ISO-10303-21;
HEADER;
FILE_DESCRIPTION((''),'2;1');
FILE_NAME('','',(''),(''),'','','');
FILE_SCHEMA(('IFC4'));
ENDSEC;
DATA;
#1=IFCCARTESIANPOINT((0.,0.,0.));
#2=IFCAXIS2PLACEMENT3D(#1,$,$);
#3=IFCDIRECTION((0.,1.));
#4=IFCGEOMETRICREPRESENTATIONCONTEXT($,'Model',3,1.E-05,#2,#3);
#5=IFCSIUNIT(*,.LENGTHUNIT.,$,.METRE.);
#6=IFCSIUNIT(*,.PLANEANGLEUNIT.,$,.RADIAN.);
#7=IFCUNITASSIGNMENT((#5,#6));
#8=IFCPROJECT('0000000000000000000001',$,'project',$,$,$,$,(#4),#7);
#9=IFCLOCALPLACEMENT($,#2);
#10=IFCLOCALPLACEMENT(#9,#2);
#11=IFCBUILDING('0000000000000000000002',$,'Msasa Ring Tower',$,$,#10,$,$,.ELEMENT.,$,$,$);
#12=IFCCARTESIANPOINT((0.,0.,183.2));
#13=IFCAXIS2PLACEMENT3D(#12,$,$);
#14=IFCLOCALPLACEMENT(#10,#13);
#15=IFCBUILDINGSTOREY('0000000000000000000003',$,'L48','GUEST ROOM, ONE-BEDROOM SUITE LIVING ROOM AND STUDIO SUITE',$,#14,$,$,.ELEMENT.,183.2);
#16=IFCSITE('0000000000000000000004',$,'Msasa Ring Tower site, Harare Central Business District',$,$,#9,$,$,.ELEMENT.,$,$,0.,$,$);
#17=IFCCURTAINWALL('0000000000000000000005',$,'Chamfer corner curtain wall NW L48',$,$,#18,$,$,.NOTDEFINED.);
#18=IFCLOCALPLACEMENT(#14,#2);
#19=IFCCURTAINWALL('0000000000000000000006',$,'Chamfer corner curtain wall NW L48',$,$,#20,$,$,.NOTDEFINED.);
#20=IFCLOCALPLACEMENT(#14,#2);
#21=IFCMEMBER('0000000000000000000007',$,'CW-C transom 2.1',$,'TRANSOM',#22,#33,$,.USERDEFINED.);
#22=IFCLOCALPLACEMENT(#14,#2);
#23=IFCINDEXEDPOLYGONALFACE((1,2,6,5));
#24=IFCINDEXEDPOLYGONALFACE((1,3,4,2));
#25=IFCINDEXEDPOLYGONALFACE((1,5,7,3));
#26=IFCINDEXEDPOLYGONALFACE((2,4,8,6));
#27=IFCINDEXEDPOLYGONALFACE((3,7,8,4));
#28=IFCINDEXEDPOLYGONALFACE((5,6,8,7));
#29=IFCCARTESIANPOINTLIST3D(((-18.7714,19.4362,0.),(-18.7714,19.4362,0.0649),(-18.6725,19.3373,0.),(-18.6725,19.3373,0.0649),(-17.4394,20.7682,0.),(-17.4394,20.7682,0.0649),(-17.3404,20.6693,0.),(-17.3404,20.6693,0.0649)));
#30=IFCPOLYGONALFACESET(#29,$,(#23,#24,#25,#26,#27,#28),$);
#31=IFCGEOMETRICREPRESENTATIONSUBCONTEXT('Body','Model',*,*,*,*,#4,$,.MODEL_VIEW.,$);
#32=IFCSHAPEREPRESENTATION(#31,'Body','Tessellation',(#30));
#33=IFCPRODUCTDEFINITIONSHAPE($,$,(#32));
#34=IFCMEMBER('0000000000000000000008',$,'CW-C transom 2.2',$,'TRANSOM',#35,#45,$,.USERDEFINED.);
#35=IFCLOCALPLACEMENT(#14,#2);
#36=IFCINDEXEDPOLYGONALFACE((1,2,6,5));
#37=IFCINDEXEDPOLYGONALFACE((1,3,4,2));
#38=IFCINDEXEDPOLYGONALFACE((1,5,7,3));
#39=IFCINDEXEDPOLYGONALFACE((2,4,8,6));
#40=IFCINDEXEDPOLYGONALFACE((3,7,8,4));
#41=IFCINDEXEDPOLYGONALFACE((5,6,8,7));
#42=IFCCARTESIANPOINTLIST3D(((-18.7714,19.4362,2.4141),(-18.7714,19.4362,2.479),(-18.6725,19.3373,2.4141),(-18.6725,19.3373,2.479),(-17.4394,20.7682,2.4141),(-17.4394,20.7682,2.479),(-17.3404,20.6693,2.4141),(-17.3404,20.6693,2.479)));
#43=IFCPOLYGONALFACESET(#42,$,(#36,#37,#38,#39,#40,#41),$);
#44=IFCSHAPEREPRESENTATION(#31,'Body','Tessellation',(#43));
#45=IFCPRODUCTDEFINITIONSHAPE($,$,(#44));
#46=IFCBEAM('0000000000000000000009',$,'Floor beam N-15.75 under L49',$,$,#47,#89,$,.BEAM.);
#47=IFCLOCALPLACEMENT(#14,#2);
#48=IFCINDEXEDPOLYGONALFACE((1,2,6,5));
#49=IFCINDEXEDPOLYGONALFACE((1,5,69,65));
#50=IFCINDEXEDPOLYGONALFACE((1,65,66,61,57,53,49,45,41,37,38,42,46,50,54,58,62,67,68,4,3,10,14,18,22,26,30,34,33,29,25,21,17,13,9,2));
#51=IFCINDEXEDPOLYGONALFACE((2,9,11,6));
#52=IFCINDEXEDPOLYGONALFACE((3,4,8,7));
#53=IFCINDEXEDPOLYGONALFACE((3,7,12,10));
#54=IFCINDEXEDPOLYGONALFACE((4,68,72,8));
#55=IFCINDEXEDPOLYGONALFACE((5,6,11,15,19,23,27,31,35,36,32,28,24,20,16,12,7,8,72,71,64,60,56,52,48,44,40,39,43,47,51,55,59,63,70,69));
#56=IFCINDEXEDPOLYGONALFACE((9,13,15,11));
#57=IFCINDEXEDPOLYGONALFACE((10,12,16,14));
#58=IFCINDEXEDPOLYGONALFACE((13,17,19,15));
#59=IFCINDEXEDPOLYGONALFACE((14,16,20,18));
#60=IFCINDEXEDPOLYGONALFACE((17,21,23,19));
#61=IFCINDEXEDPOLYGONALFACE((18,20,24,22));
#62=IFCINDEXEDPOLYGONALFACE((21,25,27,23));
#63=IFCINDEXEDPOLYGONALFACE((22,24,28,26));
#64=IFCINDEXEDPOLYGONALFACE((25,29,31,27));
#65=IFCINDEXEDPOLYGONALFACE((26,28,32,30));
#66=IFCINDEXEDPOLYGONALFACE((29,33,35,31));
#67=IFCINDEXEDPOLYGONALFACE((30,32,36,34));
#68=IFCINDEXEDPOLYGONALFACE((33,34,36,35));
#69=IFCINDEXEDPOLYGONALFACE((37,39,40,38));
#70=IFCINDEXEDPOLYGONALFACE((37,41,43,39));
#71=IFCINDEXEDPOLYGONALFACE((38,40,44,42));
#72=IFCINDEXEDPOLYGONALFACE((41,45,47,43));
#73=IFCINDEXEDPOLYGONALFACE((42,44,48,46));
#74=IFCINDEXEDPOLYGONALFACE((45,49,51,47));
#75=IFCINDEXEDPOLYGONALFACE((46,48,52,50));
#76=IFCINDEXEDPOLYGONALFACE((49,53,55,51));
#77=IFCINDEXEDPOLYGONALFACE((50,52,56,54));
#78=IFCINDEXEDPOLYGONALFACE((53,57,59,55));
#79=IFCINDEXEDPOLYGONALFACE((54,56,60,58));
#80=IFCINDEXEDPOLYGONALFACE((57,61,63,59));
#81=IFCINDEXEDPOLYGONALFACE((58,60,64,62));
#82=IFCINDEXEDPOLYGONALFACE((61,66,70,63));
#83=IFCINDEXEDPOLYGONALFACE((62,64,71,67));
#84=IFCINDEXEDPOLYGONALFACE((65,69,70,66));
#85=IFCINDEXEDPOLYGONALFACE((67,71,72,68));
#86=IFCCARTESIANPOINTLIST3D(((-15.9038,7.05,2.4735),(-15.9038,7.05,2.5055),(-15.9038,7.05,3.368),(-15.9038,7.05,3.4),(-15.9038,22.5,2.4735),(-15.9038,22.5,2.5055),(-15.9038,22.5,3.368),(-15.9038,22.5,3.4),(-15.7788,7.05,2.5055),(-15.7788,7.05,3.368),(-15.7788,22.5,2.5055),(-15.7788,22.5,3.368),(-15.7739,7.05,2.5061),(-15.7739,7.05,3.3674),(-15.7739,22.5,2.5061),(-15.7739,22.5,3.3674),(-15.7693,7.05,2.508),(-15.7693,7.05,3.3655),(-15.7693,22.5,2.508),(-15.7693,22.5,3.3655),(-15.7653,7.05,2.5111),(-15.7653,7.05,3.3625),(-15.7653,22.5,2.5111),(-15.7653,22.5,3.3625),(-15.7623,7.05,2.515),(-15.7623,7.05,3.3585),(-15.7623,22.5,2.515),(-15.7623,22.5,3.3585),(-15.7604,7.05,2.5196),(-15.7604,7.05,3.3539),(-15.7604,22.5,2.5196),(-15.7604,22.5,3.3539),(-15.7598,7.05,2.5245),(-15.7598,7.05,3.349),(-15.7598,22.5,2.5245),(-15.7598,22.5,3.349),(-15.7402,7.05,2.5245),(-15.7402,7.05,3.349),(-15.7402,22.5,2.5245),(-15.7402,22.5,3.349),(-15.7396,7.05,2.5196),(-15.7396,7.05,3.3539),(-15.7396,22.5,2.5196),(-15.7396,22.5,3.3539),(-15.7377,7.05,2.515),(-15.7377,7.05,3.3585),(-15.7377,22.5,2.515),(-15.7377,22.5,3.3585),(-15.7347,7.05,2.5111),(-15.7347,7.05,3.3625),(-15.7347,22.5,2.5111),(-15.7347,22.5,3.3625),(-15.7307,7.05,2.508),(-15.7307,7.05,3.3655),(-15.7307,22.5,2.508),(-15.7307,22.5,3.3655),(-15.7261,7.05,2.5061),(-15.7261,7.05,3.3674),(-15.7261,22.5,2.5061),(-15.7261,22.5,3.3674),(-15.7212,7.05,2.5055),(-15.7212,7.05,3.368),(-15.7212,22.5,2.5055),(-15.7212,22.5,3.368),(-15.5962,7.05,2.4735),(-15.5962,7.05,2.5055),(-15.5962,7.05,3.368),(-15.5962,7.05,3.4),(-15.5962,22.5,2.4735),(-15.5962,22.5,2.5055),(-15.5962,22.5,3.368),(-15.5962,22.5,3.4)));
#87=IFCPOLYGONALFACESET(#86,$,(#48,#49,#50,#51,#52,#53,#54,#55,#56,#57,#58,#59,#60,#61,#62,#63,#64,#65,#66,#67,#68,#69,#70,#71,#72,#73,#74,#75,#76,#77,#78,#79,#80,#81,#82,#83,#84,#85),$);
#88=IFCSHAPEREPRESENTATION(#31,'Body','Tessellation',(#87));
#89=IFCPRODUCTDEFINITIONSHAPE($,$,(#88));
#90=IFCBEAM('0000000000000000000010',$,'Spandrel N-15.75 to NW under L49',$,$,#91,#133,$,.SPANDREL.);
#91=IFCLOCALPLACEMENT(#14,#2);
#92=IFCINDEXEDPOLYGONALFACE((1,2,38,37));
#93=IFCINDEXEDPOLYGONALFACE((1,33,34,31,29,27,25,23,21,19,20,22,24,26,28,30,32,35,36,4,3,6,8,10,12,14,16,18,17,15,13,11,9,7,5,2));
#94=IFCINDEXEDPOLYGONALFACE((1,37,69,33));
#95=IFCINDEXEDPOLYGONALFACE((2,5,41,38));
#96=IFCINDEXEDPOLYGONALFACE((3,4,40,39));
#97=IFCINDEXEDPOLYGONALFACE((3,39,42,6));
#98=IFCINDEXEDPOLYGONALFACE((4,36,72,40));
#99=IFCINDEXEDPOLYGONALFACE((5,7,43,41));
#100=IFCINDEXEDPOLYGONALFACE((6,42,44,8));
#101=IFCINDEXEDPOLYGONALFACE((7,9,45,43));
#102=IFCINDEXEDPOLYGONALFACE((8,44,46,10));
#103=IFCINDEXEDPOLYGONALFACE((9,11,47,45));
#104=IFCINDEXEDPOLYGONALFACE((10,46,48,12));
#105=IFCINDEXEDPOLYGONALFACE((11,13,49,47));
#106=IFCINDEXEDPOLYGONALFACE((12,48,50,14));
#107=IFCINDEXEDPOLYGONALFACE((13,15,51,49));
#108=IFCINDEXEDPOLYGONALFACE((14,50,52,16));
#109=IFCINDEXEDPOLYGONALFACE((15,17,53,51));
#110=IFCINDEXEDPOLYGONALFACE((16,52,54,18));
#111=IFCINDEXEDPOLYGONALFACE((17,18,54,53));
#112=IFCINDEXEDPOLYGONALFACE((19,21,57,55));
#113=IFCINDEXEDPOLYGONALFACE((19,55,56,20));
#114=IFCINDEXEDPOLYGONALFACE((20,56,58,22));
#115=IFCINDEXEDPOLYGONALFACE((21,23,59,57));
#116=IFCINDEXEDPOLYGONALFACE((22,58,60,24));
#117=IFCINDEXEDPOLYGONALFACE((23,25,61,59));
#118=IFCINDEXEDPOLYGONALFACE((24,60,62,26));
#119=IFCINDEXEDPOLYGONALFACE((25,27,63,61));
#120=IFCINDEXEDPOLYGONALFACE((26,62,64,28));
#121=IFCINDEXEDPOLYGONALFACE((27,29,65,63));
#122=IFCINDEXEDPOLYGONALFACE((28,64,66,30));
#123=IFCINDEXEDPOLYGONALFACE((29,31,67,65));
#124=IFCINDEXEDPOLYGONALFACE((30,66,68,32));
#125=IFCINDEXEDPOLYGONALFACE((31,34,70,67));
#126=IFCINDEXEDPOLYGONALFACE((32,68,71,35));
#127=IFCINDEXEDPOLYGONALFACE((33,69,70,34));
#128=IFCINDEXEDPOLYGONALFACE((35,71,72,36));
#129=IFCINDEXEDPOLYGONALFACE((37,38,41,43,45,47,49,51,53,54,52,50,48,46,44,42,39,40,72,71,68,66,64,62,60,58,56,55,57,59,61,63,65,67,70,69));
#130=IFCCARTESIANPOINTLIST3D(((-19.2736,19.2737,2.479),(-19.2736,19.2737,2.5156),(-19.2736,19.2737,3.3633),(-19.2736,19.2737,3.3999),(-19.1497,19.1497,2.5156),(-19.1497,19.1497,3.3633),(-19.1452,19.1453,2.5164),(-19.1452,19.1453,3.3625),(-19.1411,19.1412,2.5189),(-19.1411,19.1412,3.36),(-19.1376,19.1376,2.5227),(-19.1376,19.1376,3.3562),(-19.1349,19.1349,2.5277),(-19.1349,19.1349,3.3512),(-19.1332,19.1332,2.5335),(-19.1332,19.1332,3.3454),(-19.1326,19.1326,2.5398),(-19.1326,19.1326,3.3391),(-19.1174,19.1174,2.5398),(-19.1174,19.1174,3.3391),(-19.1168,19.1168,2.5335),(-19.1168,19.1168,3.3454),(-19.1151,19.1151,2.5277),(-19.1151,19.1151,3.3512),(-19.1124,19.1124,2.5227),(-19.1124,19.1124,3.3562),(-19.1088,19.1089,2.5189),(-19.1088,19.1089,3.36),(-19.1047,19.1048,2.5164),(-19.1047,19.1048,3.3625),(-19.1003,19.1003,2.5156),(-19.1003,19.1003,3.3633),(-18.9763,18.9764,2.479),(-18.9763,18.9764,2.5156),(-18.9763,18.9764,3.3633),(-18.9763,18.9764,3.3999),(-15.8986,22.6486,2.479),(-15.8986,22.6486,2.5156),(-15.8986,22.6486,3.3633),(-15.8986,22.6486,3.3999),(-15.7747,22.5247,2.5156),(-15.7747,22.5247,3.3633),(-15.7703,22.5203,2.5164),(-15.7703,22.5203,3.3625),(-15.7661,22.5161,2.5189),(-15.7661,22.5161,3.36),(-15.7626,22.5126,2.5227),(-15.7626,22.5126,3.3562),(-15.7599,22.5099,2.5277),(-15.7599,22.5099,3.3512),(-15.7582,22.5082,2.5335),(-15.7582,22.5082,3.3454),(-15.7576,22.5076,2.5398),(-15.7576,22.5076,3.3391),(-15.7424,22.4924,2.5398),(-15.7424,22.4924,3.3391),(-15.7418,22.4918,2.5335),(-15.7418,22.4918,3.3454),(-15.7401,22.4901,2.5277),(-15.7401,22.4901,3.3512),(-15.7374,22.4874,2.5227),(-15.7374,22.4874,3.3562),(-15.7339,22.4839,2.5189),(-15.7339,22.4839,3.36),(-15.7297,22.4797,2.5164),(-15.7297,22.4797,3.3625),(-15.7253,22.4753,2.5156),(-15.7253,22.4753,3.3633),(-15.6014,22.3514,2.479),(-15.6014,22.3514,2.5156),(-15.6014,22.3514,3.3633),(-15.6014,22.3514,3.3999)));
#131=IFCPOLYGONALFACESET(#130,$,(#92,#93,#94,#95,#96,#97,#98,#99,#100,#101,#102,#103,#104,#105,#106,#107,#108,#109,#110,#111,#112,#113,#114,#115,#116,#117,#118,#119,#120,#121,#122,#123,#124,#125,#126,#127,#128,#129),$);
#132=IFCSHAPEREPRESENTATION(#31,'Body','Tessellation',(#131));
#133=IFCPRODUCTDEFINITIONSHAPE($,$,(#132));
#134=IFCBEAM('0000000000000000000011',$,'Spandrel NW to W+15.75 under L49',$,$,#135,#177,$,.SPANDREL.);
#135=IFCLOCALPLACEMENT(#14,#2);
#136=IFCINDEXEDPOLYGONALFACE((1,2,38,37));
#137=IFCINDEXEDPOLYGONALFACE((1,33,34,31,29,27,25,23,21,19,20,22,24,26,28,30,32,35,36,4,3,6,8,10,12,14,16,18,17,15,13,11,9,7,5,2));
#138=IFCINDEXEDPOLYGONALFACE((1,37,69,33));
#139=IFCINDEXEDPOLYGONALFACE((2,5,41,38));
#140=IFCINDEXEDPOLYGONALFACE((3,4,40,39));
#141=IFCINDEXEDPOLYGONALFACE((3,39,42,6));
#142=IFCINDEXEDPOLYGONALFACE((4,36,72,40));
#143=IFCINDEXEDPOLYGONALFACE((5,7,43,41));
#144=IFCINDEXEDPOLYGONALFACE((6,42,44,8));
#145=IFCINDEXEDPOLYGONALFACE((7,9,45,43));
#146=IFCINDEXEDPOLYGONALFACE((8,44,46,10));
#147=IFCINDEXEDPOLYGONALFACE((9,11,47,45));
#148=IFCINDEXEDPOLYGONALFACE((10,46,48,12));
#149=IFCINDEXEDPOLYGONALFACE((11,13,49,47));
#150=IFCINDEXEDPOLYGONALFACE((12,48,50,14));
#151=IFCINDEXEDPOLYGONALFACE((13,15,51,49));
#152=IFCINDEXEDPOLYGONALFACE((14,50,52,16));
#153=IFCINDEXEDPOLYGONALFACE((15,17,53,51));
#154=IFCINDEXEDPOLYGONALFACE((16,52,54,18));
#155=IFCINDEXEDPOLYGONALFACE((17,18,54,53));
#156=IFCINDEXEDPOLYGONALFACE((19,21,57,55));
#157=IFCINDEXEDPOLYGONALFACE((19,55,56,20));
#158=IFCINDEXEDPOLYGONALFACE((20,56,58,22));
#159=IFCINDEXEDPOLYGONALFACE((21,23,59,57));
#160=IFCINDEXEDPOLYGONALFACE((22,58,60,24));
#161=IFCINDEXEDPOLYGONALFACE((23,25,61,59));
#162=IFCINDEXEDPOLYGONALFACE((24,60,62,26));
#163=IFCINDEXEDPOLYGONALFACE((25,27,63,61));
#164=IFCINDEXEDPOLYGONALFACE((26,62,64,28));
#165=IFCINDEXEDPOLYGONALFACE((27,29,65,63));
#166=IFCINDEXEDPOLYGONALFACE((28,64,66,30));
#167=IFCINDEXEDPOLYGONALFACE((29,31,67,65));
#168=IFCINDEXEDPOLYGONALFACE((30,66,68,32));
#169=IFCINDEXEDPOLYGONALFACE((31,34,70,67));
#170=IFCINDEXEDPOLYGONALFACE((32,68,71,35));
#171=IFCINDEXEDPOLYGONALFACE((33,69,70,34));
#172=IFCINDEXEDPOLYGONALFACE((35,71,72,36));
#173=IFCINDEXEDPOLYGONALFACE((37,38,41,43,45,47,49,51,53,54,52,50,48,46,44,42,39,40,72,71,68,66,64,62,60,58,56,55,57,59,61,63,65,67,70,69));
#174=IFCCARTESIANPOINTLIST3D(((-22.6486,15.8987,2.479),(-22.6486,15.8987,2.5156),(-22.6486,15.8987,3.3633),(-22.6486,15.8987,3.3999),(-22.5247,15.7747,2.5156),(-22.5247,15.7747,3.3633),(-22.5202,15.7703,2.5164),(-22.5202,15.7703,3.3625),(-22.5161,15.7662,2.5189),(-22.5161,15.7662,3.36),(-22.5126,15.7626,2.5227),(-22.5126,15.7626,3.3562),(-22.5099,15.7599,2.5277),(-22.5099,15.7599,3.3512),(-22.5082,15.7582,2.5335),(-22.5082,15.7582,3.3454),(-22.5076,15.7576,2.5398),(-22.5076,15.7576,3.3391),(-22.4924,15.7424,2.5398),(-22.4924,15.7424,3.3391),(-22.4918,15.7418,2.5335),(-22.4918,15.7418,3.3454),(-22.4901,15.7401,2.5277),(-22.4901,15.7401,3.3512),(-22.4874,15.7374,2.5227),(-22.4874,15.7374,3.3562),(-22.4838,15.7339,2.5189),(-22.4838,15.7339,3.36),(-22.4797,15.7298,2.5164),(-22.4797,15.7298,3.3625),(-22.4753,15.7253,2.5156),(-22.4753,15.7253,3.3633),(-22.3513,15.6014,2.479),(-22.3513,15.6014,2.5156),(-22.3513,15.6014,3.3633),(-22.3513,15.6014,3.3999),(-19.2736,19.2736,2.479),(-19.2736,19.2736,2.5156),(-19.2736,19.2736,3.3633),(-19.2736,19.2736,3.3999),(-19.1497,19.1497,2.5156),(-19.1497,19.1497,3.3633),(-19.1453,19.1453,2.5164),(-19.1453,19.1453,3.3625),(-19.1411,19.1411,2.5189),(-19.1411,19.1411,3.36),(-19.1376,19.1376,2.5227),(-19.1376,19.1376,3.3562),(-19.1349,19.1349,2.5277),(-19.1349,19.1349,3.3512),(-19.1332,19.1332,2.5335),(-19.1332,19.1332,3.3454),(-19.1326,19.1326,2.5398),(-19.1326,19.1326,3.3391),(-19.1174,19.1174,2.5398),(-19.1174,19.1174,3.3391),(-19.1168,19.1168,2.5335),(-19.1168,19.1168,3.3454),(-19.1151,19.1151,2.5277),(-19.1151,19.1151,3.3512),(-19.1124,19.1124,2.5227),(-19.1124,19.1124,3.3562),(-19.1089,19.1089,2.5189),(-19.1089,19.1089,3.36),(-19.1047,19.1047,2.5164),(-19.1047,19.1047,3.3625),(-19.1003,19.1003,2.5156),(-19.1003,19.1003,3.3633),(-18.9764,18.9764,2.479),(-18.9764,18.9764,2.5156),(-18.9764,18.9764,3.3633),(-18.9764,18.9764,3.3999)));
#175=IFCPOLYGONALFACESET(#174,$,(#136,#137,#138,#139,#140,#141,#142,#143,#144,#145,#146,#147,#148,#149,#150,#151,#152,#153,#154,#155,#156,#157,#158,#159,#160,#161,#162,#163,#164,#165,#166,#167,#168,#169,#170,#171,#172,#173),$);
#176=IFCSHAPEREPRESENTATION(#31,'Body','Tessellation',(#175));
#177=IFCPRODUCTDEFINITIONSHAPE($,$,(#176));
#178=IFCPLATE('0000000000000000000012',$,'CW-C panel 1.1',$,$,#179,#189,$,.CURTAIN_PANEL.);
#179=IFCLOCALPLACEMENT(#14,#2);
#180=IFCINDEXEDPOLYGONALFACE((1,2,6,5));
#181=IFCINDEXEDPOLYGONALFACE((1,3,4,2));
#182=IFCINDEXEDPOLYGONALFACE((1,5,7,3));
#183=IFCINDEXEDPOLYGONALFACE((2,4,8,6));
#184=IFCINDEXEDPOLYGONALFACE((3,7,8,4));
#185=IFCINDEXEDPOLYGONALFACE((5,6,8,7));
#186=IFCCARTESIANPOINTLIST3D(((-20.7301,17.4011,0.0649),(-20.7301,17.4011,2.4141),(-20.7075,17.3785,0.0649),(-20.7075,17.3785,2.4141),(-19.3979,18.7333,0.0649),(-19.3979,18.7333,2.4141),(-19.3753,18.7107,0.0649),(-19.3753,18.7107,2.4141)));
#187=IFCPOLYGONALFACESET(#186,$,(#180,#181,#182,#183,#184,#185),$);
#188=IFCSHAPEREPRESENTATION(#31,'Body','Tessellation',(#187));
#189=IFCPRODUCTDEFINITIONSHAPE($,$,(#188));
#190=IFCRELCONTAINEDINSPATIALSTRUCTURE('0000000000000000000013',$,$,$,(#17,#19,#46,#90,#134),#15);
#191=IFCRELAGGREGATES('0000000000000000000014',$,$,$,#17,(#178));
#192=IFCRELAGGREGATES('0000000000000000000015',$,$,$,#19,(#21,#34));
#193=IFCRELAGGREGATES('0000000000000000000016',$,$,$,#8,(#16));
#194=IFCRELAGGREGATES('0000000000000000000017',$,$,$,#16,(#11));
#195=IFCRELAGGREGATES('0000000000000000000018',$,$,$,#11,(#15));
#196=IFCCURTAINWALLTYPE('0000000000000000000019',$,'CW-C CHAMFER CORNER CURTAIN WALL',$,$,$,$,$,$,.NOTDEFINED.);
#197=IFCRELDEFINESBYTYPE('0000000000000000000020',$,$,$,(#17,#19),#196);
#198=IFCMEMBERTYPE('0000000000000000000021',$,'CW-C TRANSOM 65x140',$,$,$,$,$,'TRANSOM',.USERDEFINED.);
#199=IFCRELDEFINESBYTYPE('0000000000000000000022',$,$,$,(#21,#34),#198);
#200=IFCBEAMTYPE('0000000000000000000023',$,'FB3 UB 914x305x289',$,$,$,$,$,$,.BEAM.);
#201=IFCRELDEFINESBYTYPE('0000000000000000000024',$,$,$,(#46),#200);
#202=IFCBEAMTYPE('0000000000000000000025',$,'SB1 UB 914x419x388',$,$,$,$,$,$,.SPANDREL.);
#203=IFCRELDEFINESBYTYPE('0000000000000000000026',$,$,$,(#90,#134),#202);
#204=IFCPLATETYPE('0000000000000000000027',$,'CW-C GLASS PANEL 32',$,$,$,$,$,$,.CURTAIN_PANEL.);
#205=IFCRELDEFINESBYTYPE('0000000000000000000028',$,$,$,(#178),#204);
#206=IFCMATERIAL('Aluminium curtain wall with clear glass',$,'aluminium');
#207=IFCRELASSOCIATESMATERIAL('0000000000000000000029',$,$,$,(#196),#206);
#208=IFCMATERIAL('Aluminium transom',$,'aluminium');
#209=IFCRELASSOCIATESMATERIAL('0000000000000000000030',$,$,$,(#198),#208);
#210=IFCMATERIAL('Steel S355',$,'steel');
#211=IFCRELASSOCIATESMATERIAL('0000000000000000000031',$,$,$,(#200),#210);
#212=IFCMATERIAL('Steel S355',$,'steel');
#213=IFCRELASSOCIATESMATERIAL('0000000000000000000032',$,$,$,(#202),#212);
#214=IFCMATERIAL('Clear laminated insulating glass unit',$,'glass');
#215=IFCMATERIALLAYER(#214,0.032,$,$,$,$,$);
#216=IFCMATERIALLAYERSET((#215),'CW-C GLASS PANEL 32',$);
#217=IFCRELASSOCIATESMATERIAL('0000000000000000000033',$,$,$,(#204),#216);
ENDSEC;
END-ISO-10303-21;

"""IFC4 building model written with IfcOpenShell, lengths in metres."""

from ifc_helpers import new_model, si_unit, direction, frame, origin, origin_2d, place, context, subcontext, project, spatial, rectangle, i_section, extrude, material, layer, layer_set, material_profile, profile_set, type_object, element, aggregate, save


model = new_model("IFC4")

# Units and contexts
model_context = context("Model", 3, precision=1e-05, world=origin(), true_north=direction((0.0, 1.0)))
body_context = subcontext(model_context, "Body", "Model", "MODEL_VIEW")
ifc_project = project(units=[si_unit("LENGTHUNIT", "METRE"), si_unit("PLANEANGLEUNIT", "RADIAN")], contexts=[model_context])

# Site, building, storey
site_placement = place(None, origin())
site = spatial("IfcSite", under=ifc_project, at=site_placement, Name="Msasa Ring Tower site, Harare Central Business District", CompositionType="ELEMENT", RefElevation=0.0)
building_placement = place(site_placement, origin())
building = spatial("IfcBuilding", under=site, at=building_placement, Name="Msasa Ring Tower", CompositionType="ELEMENT")
storey_placement = place(building_placement, frame((0.0, 0.0, 183.2)))
storey = spatial("IfcBuildingStorey", under=building, at=storey_placement, Name="L48", Description="GUEST ROOM, ONE-BEDROOM SUITE LIVING ROOM AND STUDIO SUITE", CompositionType="ELEMENT", Elevation=183.2)

# Curtain walls
ifc_material_1 = material(Name="Aluminium curtain wall with clear glass", Category="aluminium")
curtain_wall_type = type_object("IfcCurtainWallType", Name="CW-C CHAMFER CORNER CURTAIN WALL", PredefinedType="NOTDEFINED", material=ifc_material_1)
curtain_wall_1_placement = place(storey_placement, origin())
curtain_wall_1 = element("IfcCurtainWall", 1, at=curtain_wall_1_placement, inside=storey, type_object=curtain_wall_type, Name="Chamfer corner curtain wall NW L48", PredefinedType="NOTDEFINED")
curtain_wall_2_placement = place(storey_placement, origin())
curtain_wall_2 = element("IfcCurtainWall", 2, at=curtain_wall_2_placement, inside=storey, type_object=curtain_wall_type, Name="Chamfer corner curtain wall NW L48", PredefinedType="NOTDEFINED")

# Members
ifc_material_2 = material(Name="Aluminium transom", Category="aluminium")
ifc_material_profile_1 = material_profile(ifc_material_2, rectangle(XDim=0.1399, YDim=0.0649, at=origin_2d()), Name="AL 65x140")
ifc_profile_set_1 = profile_set([ifc_material_profile_1], Name="Aluminium transom")
member_type_1 = type_object("IfcMemberType", Name="CW-C TRANSOM 65x140", ElementType="TRANSOM", PredefinedType="USERDEFINED", material=ifc_profile_set_1)
member_1_placement = place(storey_placement, frame((-17.3899, 20.7188, 0.0325), z_axis=(-0.707107, -0.707107, 0.0), x_axis=(0.707107, -0.707107, 0.0)))
member_1 = element("IfcMember", 3, at=member_1_placement, type_object=member_type_1, Name="CW-C transom 2.1", ObjectType="TRANSOM", PredefinedType="USERDEFINED", context=body_context, shape_type="SweptSolid", body=[
    extrude(rectangle(XDim=0.1399, YDim=0.0649, at=origin_2d()), origin(), (0.0, 0.0, 1.0), 1.8838),
])
member_2_placement = place(storey_placement, frame((-17.3899, 20.7188, 2.4465), z_axis=(-0.707107, -0.707107, 0.0), x_axis=(0.707107, -0.707107, 0.0)))
member_2 = element("IfcMember", 4, at=member_2_placement, type_object=member_type_1, Name="CW-C transom 2.2", ObjectType="TRANSOM", PredefinedType="USERDEFINED", context=body_context, shape_type="SweptSolid", body=[
    extrude(rectangle(XDim=0.1399, YDim=0.0649, at=origin_2d()), origin(), (0.0, 0.0, 1.0), 1.8838),
])

# Beams
ifc_material_3 = material(Name="Steel S355", Category="steel")
ifc_material_profile_2 = material_profile(ifc_material_3, i_section(OverallWidth=0.3076, OverallDepth=0.9265, WebThickness=0.0195, FlangeThickness=0.032, FilletRadius=0.019, at=origin_2d()), Name="UB 914x305x289")
ifc_profile_set_2 = profile_set([ifc_material_profile_2], Name="Steel S355")
beam_type_1 = type_object("IfcBeamType", Name="FB3 UB 914x305x289", PredefinedType="BEAM", material=ifc_profile_set_2)
beam_placement = place(storey_placement, frame((-15.75, 22.5, 2.9368), z_axis=(0.0, -1.0, 0.0), x_axis=(1.0, 0.0, 0.0)))
element("IfcBeam", 5, at=beam_placement, inside=storey, type_object=beam_type_1, Name="Floor beam N-15.75 under L49", PredefinedType="BEAM", context=body_context, shape_type="SweptSolid", body=[
    extrude(i_section(OverallWidth=0.3076, OverallDepth=0.9265, WebThickness=0.0195, FlangeThickness=0.032, FilletRadius=0.019, at=origin_2d()), origin(), (0.0, 0.0, 1.0), 15.45),
])
ifc_material_4 = material(Name="Steel S355", Category="steel")
ifc_material_profile_3 = material_profile(ifc_material_4, i_section(OverallWidth=0.4204, OverallDepth=0.9209, WebThickness=0.0215, FlangeThickness=0.0366, FilletRadius=0.0242, at=origin_2d()), Name="UB 914x419x388")
ifc_profile_set_3 = profile_set([ifc_material_profile_3], Name="Steel S355")
beam_type_2 = type_object("IfcBeamType", Name="SB1 UB 914x419x388", PredefinedType="SPANDREL", material=ifc_profile_set_3)
for number, where, z_axis, x_axis, name in (
    (6, (-15.75, 22.5, 2.9395), (-0.707107, -0.707107, 0.0), (0.707107, -0.707107, 0.0), "Spandrel N-15.75 to NW under L49"),
    (7, (-19.125, 19.125, 2.9395), (-0.707107, -0.707107, 0.0), (0.707107, -0.707107, 0.0), "Spandrel NW to W+15.75 under L49"),
):
    element("IfcBeam", number, at=place(storey_placement, frame(where, z_axis=z_axis, x_axis=x_axis)), inside=storey, type_object=beam_type_2, Name=name, PredefinedType="SPANDREL", context=body_context, shape_type="SweptSolid", body=[
        extrude(i_section(OverallWidth=0.4204, OverallDepth=0.9209, WebThickness=0.0215, FlangeThickness=0.0366, FilletRadius=0.0242, at=origin_2d()), origin(), (0.0, 0.0, 1.0), 4.7729),
    ])

# Plate
ifc_material_5 = material(Name="Clear laminated insulating glass unit", Category="glass")
ifc_layer_1 = layer(ifc_material_5, 0.032)
ifc_layer_set_1 = layer_set([ifc_layer_1], Name="CW-C GLASS PANEL 32")
plate_type = type_object("IfcPlateType", Name="CW-C GLASS PANEL 32", PredefinedType="CURTAIN_PANEL", material=ifc_layer_set_1)
plate_1_placement = place(storey_placement, frame((-20.0527, 18.0559, 0.0649), z_axis=(0.0, 0.0, 1.0), x_axis=(-0.707107, -0.707107, 0.0)))
plate_1 = element("IfcPlate", 8, at=plate_1_placement, type_object=plate_type, Name="CW-C panel 1.1", PredefinedType="CURTAIN_PANEL", context=body_context, shape_type="SweptSolid", body=[
    extrude(rectangle(XDim=1.884, YDim=0.032, at=origin_2d()), origin(), (0.0, 0.0, 1.0), 2.3491),
])
aggregate(curtain_wall_1, [plate_1])
aggregate(curtain_wall_2, [member_1, member_2])

save(model, "model.ifc")
